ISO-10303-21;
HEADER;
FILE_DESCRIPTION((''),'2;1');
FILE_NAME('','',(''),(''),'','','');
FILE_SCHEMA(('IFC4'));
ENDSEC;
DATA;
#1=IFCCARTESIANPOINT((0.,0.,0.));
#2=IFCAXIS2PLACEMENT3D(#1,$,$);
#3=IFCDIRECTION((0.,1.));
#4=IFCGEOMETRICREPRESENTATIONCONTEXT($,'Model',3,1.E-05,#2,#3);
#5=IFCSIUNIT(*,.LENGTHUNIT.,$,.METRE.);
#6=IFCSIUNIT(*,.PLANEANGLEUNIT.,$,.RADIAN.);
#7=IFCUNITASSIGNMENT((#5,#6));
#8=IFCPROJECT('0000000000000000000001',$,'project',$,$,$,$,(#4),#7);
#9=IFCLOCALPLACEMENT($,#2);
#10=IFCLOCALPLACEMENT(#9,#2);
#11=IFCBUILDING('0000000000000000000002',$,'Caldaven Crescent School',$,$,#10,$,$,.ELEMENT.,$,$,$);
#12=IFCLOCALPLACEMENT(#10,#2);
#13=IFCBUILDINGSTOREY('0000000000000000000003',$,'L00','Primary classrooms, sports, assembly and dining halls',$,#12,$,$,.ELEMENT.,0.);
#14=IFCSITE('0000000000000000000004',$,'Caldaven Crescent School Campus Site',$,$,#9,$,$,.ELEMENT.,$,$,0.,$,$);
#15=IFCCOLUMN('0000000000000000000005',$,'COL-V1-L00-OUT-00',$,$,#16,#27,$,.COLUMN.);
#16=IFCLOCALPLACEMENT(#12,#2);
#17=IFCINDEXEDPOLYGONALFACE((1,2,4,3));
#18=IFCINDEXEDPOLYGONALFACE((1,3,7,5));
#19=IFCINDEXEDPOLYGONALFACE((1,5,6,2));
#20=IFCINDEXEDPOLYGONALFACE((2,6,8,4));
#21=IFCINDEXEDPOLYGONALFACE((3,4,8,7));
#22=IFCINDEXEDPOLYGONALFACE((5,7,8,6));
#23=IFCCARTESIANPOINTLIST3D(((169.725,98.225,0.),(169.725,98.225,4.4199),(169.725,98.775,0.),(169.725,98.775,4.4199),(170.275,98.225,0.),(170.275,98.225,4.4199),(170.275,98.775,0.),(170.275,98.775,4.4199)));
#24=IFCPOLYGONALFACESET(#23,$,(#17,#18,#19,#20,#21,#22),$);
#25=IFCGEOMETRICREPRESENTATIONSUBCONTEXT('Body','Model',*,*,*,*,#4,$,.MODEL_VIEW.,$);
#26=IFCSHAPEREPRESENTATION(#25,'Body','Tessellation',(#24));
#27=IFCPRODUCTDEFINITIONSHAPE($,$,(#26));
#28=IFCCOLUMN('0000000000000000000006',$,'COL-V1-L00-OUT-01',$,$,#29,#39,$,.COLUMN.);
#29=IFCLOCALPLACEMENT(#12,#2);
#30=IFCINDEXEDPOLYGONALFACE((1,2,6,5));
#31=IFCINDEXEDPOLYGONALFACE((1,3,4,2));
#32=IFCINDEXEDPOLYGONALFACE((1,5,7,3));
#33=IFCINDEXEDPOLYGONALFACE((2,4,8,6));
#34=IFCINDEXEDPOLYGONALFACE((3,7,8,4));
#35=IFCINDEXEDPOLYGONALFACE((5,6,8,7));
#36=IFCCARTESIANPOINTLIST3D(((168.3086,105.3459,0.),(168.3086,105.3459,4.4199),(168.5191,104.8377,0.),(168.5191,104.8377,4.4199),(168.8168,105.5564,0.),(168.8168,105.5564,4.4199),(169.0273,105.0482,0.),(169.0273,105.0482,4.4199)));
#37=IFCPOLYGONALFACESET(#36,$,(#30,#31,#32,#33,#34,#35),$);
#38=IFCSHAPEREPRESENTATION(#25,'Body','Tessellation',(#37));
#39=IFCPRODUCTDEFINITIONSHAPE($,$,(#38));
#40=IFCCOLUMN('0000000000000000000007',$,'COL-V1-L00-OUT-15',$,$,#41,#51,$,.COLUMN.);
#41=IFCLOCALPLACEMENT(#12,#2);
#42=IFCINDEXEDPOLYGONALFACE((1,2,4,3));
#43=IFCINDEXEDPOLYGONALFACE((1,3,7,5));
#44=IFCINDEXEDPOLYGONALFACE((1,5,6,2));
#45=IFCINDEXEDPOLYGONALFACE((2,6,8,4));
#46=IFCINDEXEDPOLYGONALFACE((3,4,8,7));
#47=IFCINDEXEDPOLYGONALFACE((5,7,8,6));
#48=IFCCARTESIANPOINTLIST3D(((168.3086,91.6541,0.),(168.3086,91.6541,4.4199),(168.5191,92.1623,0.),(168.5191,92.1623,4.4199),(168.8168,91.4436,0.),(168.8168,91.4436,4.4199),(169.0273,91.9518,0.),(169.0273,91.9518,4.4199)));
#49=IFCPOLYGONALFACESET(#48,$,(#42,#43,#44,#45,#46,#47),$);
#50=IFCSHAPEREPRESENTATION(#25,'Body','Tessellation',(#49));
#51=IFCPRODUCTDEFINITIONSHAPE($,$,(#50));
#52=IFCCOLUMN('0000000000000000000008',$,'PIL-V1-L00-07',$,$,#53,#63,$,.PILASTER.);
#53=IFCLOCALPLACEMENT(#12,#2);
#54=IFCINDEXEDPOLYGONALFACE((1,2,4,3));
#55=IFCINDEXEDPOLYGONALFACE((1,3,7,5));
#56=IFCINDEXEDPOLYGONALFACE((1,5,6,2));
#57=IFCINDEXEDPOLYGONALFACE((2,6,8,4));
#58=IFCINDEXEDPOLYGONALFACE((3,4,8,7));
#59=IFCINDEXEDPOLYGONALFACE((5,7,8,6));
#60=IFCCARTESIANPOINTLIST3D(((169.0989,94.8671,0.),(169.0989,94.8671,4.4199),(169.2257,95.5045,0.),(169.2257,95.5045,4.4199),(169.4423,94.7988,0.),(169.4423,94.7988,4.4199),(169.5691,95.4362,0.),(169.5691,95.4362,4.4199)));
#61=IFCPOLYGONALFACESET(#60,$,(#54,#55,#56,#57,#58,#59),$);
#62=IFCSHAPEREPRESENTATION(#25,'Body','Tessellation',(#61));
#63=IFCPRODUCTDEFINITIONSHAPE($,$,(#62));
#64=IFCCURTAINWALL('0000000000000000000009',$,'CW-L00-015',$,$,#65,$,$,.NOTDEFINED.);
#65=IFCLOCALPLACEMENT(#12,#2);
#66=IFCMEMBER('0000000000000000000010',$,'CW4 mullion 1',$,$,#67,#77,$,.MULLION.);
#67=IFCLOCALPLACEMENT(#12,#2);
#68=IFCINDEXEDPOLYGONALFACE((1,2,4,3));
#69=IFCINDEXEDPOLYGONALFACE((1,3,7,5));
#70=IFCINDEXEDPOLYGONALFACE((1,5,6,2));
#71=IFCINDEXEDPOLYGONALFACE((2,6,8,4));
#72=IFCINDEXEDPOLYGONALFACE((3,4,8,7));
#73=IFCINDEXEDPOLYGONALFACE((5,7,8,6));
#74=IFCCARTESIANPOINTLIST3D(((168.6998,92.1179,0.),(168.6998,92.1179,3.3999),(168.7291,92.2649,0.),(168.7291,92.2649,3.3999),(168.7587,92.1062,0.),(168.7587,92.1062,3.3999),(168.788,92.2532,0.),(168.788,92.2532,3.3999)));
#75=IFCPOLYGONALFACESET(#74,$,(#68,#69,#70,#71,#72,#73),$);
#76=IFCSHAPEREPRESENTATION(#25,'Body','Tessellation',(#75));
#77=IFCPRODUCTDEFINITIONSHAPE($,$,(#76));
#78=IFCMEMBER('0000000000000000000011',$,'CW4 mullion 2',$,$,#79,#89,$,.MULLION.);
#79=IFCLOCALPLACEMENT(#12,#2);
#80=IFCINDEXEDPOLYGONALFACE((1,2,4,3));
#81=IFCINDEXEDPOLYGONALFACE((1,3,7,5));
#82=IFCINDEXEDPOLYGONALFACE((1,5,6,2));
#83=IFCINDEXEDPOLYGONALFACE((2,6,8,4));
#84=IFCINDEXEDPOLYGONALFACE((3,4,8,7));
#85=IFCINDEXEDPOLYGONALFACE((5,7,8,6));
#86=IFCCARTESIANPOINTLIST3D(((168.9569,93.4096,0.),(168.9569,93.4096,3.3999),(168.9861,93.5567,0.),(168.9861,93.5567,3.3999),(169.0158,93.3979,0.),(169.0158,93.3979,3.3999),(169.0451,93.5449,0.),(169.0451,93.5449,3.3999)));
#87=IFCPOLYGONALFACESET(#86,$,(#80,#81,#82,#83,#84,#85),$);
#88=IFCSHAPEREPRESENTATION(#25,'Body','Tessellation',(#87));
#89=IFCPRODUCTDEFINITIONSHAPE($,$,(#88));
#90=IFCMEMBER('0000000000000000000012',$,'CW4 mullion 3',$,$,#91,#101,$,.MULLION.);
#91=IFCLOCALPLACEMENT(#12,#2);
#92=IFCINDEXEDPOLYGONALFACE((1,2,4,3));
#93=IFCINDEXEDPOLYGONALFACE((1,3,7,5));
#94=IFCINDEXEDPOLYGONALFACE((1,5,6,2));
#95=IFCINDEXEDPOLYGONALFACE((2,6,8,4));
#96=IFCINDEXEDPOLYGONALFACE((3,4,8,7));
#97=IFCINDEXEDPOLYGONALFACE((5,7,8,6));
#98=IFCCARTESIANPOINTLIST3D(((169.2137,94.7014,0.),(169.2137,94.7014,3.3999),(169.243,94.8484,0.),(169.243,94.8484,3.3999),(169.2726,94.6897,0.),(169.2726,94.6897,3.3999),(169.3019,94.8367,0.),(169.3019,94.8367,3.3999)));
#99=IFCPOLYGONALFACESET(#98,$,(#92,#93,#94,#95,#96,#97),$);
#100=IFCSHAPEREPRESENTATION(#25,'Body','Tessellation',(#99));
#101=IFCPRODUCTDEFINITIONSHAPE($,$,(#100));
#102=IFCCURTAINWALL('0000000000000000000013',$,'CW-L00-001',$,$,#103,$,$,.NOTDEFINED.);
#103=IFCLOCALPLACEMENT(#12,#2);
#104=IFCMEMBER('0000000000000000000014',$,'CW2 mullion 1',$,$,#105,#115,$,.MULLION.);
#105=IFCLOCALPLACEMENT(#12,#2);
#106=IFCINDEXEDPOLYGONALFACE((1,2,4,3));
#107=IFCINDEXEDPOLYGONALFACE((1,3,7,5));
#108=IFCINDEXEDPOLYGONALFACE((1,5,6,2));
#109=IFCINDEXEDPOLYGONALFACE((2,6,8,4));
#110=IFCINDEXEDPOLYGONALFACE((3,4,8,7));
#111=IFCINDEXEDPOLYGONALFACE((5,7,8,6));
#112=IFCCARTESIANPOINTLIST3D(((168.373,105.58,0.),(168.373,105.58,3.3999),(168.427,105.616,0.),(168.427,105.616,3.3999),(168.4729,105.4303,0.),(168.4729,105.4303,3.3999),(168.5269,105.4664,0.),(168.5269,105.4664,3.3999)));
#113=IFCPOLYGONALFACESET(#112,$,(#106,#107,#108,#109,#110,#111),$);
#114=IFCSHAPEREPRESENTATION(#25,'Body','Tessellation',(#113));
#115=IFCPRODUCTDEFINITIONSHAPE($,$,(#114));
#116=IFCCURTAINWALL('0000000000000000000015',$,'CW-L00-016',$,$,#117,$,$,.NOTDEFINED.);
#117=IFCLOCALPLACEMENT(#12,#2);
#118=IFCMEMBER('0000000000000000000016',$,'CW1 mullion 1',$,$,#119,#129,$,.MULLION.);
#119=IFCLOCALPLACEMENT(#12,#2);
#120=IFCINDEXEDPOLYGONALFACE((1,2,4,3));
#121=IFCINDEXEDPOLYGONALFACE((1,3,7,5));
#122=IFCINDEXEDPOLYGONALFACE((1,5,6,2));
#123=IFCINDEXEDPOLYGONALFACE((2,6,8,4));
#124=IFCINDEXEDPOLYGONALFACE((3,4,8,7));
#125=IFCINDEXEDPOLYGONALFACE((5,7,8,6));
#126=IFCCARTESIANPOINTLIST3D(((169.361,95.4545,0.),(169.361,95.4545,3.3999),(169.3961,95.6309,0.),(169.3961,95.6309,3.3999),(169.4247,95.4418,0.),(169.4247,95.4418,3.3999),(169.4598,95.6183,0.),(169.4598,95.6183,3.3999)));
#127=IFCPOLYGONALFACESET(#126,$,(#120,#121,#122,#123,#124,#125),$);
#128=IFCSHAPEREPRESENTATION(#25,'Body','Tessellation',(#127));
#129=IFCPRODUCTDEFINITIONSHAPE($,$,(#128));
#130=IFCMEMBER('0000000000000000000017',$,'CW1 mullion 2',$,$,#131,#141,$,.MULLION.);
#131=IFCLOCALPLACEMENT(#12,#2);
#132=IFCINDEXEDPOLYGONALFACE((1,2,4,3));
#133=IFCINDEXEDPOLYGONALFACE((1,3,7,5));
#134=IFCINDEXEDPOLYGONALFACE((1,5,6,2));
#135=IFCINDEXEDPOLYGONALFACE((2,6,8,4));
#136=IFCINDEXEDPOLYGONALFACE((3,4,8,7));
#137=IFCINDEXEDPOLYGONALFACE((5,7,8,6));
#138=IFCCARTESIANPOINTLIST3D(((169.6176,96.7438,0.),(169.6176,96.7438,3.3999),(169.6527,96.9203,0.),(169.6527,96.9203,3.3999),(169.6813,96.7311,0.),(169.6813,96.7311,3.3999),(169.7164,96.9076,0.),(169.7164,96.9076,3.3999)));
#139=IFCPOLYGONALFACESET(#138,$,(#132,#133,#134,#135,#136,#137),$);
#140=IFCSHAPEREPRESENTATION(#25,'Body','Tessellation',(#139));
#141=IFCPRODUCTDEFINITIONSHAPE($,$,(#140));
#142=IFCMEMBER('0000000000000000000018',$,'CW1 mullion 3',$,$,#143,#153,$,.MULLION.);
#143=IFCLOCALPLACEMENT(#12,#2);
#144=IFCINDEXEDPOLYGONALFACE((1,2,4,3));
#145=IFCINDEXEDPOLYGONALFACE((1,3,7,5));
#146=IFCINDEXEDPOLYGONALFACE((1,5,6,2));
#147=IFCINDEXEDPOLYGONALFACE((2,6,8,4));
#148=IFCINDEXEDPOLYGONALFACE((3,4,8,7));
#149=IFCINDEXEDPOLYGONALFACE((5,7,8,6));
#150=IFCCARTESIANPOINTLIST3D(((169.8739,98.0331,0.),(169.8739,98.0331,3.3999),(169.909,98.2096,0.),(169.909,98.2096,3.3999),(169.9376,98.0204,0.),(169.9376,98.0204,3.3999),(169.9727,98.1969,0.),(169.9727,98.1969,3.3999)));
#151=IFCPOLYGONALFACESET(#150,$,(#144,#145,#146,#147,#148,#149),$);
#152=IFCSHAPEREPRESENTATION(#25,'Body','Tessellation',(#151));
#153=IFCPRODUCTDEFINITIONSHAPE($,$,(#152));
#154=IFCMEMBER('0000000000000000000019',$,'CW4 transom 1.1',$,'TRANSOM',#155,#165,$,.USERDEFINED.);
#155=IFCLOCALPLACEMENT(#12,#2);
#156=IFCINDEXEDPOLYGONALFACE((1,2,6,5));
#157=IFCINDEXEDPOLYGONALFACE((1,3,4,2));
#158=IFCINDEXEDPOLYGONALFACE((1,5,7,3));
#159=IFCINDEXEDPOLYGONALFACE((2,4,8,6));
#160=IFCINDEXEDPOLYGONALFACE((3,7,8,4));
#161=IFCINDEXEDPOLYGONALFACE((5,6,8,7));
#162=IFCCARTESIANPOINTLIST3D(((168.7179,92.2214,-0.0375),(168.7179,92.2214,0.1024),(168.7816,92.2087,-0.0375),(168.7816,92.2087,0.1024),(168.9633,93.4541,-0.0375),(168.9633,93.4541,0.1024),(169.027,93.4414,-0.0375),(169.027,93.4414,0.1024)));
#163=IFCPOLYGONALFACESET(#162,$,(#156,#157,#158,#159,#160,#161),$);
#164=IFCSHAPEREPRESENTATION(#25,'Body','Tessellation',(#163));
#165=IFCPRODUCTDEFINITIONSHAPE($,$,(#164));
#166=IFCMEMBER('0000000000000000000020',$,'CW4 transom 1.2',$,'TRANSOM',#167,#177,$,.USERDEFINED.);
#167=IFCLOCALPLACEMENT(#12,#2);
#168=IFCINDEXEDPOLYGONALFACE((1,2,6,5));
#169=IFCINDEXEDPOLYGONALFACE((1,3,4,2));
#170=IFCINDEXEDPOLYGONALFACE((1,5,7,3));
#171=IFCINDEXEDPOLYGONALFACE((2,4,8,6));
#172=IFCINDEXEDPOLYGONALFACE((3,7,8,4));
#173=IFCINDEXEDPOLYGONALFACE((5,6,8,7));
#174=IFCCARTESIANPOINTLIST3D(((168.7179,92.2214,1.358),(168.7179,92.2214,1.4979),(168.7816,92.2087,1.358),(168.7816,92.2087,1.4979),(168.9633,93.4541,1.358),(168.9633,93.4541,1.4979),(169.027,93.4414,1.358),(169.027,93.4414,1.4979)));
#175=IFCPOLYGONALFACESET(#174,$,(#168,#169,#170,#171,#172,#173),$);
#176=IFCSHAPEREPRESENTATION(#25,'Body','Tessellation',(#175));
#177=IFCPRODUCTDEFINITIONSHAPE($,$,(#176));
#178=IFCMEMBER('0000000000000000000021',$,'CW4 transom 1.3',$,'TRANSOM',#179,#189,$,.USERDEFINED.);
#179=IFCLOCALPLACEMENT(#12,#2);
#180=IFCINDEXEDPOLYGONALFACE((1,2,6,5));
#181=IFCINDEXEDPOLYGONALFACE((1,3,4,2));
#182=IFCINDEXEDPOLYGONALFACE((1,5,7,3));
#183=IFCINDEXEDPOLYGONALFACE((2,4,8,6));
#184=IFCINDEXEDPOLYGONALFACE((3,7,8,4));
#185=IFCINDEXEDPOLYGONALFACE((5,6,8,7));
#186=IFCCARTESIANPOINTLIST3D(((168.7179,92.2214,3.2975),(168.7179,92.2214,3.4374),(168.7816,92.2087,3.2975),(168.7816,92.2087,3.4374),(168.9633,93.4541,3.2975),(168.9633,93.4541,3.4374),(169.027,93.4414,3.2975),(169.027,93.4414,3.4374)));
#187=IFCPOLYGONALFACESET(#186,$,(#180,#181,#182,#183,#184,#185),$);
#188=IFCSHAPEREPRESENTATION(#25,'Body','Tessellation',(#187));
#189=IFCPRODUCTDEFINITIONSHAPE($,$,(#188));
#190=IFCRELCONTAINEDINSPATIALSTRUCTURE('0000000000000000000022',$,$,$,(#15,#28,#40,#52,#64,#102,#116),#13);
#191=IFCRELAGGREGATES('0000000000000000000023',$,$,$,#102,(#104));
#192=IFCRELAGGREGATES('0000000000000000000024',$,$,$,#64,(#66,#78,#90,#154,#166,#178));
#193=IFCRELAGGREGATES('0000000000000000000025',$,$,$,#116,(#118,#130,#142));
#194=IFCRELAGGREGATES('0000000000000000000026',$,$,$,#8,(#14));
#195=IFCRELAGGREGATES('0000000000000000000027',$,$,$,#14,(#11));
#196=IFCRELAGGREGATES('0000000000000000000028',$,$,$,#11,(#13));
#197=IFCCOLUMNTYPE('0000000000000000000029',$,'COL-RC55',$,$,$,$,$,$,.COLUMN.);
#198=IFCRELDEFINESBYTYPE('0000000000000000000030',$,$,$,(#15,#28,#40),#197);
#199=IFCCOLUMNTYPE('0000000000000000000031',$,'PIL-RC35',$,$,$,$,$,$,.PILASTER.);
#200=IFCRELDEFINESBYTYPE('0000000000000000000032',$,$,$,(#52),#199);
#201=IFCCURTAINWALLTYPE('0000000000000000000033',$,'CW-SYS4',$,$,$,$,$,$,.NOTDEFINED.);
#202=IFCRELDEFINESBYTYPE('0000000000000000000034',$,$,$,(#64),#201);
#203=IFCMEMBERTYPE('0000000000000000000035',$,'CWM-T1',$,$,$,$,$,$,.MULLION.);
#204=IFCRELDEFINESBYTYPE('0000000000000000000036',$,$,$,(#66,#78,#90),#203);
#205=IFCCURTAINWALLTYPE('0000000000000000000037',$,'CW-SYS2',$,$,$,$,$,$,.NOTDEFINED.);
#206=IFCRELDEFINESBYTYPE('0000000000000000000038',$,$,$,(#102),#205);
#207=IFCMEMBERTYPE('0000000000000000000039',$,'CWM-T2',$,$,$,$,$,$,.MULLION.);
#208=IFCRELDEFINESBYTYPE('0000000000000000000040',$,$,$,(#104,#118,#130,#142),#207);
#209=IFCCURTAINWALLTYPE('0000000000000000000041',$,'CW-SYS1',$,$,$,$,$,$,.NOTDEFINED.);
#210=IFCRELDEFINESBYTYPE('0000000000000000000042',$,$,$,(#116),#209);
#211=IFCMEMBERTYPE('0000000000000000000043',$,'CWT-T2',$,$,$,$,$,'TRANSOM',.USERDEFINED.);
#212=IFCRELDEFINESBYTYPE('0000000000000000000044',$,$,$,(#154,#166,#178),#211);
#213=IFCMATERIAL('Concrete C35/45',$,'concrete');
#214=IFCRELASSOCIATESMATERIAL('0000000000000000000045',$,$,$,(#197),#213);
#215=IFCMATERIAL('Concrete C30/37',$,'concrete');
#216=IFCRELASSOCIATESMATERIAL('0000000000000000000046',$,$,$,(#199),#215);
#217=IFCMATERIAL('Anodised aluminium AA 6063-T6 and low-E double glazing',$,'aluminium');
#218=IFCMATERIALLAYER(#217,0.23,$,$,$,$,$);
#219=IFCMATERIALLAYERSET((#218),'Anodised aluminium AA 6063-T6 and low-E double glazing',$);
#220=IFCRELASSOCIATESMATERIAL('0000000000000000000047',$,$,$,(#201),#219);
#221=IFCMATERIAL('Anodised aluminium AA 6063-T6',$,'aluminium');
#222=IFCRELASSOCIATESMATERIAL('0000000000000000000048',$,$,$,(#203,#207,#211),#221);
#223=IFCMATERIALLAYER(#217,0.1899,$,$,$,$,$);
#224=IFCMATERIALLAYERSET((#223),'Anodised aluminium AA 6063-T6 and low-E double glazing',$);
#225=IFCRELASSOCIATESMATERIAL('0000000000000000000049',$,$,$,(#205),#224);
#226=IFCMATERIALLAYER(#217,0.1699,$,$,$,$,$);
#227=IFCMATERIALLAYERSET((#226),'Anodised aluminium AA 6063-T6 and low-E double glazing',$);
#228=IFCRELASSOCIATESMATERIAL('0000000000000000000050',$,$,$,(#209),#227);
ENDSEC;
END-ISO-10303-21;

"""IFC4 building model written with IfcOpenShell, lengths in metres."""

from ifc_helpers import new_model, si_unit, direction, frame, origin, origin_2d, place, context, subcontext, project, spatial, rectangle, extrude, material, layer, layer_set, material_profile, profile_set, type_object, element, aggregate, save


model = new_model("IFC4")

# Units and contexts
model_context = context("Model", 3, precision=1e-05, world=origin(), true_north=direction((0.0, 1.0)))
body_context = subcontext(model_context, "Body", "Model", "MODEL_VIEW")
ifc_project = project(units=[si_unit("LENGTHUNIT", "METRE"), si_unit("PLANEANGLEUNIT", "RADIAN")], contexts=[model_context])

# Site, building, storey
site_placement = place(None, origin())
site = spatial("IfcSite", under=ifc_project, at=site_placement, Name="Caldaven Crescent School Campus Site", CompositionType="ELEMENT", RefElevation=0.0)
building_placement = place(site_placement, origin())
building = spatial("IfcBuilding", under=site, at=building_placement, Name="Caldaven Crescent School", CompositionType="ELEMENT")
storey_placement = place(building_placement, origin())
storey = spatial("IfcBuildingStorey", under=building, at=storey_placement, Name="L00", Description="Primary classrooms, sports, assembly and dining halls", CompositionType="ELEMENT", Elevation=0.0)

# Columns
ifc_material_1 = material(Name="Concrete C35/45", Category="concrete")
ifc_material_profile_1 = material_profile(ifc_material_1, rectangle(XDim=0.55, YDim=0.55, at=origin_2d()), Name="RC 550x550")
ifc_profile_set_1 = profile_set([ifc_material_profile_1], Name="Concrete C35/45")
column_type_1 = type_object("IfcColumnType", Name="COL-RC55", PredefinedType="COLUMN", material=ifc_profile_set_1)
for number, where, z_axis, x_axis, name in (
    (1, (170.0, 98.5, 0.0), (0.0, 0.0, 1.0), (1.0, 0.0, 0.0), "COL-V1-L00-OUT-00"),
    (2, (168.668, 105.197, 0.0), (0.0, 0.0, 1.0), (0.92388, 0.382683, 0.0), "COL-V1-L00-OUT-01"),
    (3, (168.668, 91.803, 0.0), (0.0, 0.0, 1.0), (0.92388, -0.382683, 0.0), "COL-V1-L00-OUT-15"),
):
    element("IfcColumn", number, at=place(storey_placement, frame(where, z_axis=z_axis, x_axis=x_axis)), inside=storey, type_object=column_type_1, Name=name, PredefinedType="COLUMN", context=body_context, shape_type="SweptSolid", body=[
        extrude(rectangle(XDim=0.55, YDim=0.55, at=origin_2d()), origin(), (0.0, 0.0, 1.0), 4.4199),
    ])
ifc_material_2 = material(Name="Concrete C30/37", Category="concrete")
ifc_material_profile_2 = material_profile(ifc_material_2, rectangle(XDim=0.3501, YDim=0.6499, at=origin_2d()), Name="RC 350x650")
ifc_profile_set_2 = profile_set([ifc_material_profile_2], Name="Concrete C30/37")
column_type_2 = type_object("IfcColumnType", Name="PIL-RC35", PredefinedType="PILASTER", material=ifc_profile_set_2)
column_placement = place(storey_placement, frame((169.334, 95.1516, 0.0), z_axis=(0.0, 0.0, 1.0), x_axis=(0.980785, -0.19509, 0.0)))
element("IfcColumn", 4, at=column_placement, inside=storey, type_object=column_type_2, Name="PIL-V1-L00-07", PredefinedType="PILASTER", context=body_context, shape_type="SweptSolid", body=[
    extrude(rectangle(XDim=0.3501, YDim=0.6499, at=origin_2d()), origin(), (0.0, 0.0, 1.0), 4.4199),
])

# Curtain wall, members
ifc_material_3 = material(Name="Anodised aluminium AA 6063-T6 and low-E double glazing", Category="aluminium")
ifc_layer_1 = layer(ifc_material_3, 0.23)
ifc_layer_set_1 = layer_set([ifc_layer_1], Name="Anodised aluminium AA 6063-T6 and low-E double glazing")
curtain_wall_type_1 = type_object("IfcCurtainWallType", Name="CW-SYS4", PredefinedType="NOTDEFINED", material=ifc_layer_set_1)
curtain_wall_1_placement = place(storey_placement, origin())
curtain_wall_1 = element("IfcCurtainWall", 5, at=curtain_wall_1_placement, inside=storey, type_object=curtain_wall_type_1, Name="CW-L00-015", PredefinedType="NOTDEFINED")
ifc_material_4 = material(Name="Anodised aluminium AA 6063-T6", Category="aluminium")
ifc_material_profile_3 = material_profile(ifc_material_4, rectangle(XDim=0.0601, YDim=0.1499, at=origin_2d()), Name="CWM 60x150")
ifc_profile_set_3 = profile_set([ifc_material_profile_3], Name="Anodised aluminium AA 6063-T6")
member_type_1 = type_object("IfcMemberType", Name="CWM-T1", PredefinedType="MULLION", material=ifc_profile_set_3)
member_1_placement = place(storey_placement, frame((168.7439, 92.1855, 0.0), z_axis=(0.0, 0.0, 1.0), x_axis=(-0.980785, 0.19509, 0.0)))
member_1 = element("IfcMember", 6, at=member_1_placement, type_object=member_type_1, Name="CW4 mullion 1", PredefinedType="MULLION", context=body_context, shape_type="SweptSolid", body=[
    extrude(rectangle(XDim=0.0601, YDim=0.1499, at=origin_2d()), origin(), (0.0, 0.0, 1.0), 3.3999),
])
member_2_placement = place(storey_placement, frame((169.001, 93.4773, 0.0), z_axis=(0.0, 0.0, 1.0), x_axis=(-0.980785, 0.19509, 0.0)))
member_2 = element("IfcMember", 7, at=member_2_placement, type_object=member_type_1, Name="CW4 mullion 2", PredefinedType="MULLION", context=body_context, shape_type="SweptSolid", body=[
    extrude(rectangle(XDim=0.0601, YDim=0.1499, at=origin_2d()), origin(), (0.0, 0.0, 1.0), 3.3999),
])
member_3_placement = place(storey_placement, frame((169.2578, 94.769, 0.0), z_axis=(0.0, 0.0, 1.0), x_axis=(-0.980785, 0.19509, 0.0)))
member_3 = element("IfcMember", 8, at=member_3_placement, type_object=member_type_1, Name="CW4 mullion 3", PredefinedType="MULLION", context=body_context, shape_type="SweptSolid", body=[
    extrude(rectangle(XDim=0.0601, YDim=0.1499, at=origin_2d()), origin(), (0.0, 0.0, 1.0), 3.3999),
])

# Curtain wall, member
ifc_layer_2 = layer(ifc_material_3, 0.1899)
ifc_layer_set_2 = layer_set([ifc_layer_2], Name="Anodised aluminium AA 6063-T6 and low-E double glazing")
curtain_wall_type_2 = type_object("IfcCurtainWallType", Name="CW-SYS2", PredefinedType="NOTDEFINED", material=ifc_layer_set_2)
curtain_wall_2_placement = place(storey_placement, origin())
curtain_wall_2 = element("IfcCurtainWall", 9, at=curtain_wall_2_placement, inside=storey, type_object=curtain_wall_type_2, Name="CW-L00-001", PredefinedType="NOTDEFINED")
ifc_material_profile_4 = material_profile(ifc_material_4, rectangle(XDim=0.0649, YDim=0.1799, at=origin_2d()), Name="CWM 65x180")
ifc_profile_set_4 = profile_set([ifc_material_profile_4], Name="Anodised aluminium AA 6063-T6")
member_type_2 = type_object("IfcMemberType", Name="CWM-T2", PredefinedType="MULLION", material=ifc_profile_set_4)
member_4_placement = place(storey_placement, frame((168.45, 105.5232, 0.0), z_axis=(0.0, 0.0, 1.0), x_axis=(-0.83147, -0.555569, 0.0)))
member_4 = element("IfcMember", 10, at=member_4_placement, type_object=member_type_2, Name="CW2 mullion 1", PredefinedType="MULLION", context=body_context, shape_type="SweptSolid", body=[
    extrude(rectangle(XDim=0.0649, YDim=0.1799, at=origin_2d()), origin(), (0.0, 0.0, 1.0), 3.3999),
])
aggregate(curtain_wall_2, [member_4])

# Curtain wall, members
ifc_layer_3 = layer(ifc_material_3, 0.1699)
ifc_layer_set_3 = layer_set([ifc_layer_3], Name="Anodised aluminium AA 6063-T6 and low-E double glazing")
curtain_wall_type_3 = type_object("IfcCurtainWallType", Name="CW-SYS1", PredefinedType="NOTDEFINED", material=ifc_layer_set_3)
curtain_wall_3_placement = place(storey_placement, origin())
curtain_wall_3 = element("IfcCurtainWall", 11, at=curtain_wall_3_placement, inside=storey, type_object=curtain_wall_type_3, Name="CW-L00-016", PredefinedType="NOTDEFINED")
member_5_placement = place(storey_placement, frame((169.4104, 95.5364, 0.0), z_axis=(0.0, 0.0, 1.0), x_axis=(-0.980785, 0.19509, 0.0)))
member_5 = element("IfcMember", 12, at=member_5_placement, type_object=member_type_2, Name="CW1 mullion 1", PredefinedType="MULLION", context=body_context, shape_type="SweptSolid", body=[
    extrude(rectangle(XDim=0.0649, YDim=0.1799, at=origin_2d()), origin(), (0.0, 0.0, 1.0), 3.3999),
])
member_6_placement = place(storey_placement, frame((169.667, 96.8257, 0.0), z_axis=(0.0, 0.0, 1.0), x_axis=(-0.980785, 0.19509, 0.0)))
member_6 = element("IfcMember", 13, at=member_6_placement, type_object=member_type_2, Name="CW1 mullion 2", PredefinedType="MULLION", context=body_context, shape_type="SweptSolid", body=[
    extrude(rectangle(XDim=0.0649, YDim=0.1799, at=origin_2d()), origin(), (0.0, 0.0, 1.0), 3.3999),
])
member_7_placement = place(storey_placement, frame((169.9233, 98.115, 0.0), z_axis=(0.0, 0.0, 1.0), x_axis=(-0.980785, 0.19509, 0.0)))
member_7 = element("IfcMember", 14, at=member_7_placement, type_object=member_type_2, Name="CW1 mullion 3", PredefinedType="MULLION", context=body_context, shape_type="SweptSolid", body=[
    extrude(rectangle(XDim=0.0649, YDim=0.1799, at=origin_2d()), origin(), (0.0, 0.0, 1.0), 3.3999),
])

# Members
ifc_material_profile_5 = material_profile(ifc_material_4, rectangle(XDim=0.0649, YDim=0.1399, at=origin_2d()), Name="CWT 65x140")
ifc_profile_set_5 = profile_set([ifc_material_profile_5], Name="Anodised aluminium AA 6063-T6")
member_type_3 = type_object("IfcMemberType", Name="CWT-T2", ElementType="TRANSOM", PredefinedType="USERDEFINED", material=ifc_profile_set_5)
member_8_placement = place(storey_placement, frame((168.7498, 92.2151, 0.0325), z_axis=(0.19522, 0.98076, 0.0), x_axis=(-0.98076, 0.19522, 0.0)))
member_8 = element("IfcMember", 15, at=member_8_placement, type_object=member_type_3, Name="CW4 transom 1.1", ObjectType="TRANSOM", PredefinedType="USERDEFINED", context=body_context, shape_type="SweptSolid", body=[
    extrude(rectangle(XDim=0.0649, YDim=0.1399, at=origin_2d()), origin(), (0.0, 0.0, 1.0), 1.2568),
])
member_9_placement = place(storey_placement, frame((168.7498, 92.2151, 1.428), z_axis=(0.19522, 0.98076, 0.0), x_axis=(-0.98076, 0.19522, 0.0)))
member_9 = element("IfcMember", 16, at=member_9_placement, type_object=member_type_3, Name="CW4 transom 1.2", ObjectType="TRANSOM", PredefinedType="USERDEFINED", context=body_context, shape_type="SweptSolid", body=[
    extrude(rectangle(XDim=0.0649, YDim=0.1399, at=origin_2d()), origin(), (0.0, 0.0, 1.0), 1.2568),
])
member_10_placement = place(storey_placement, frame((168.7498, 92.2151, 3.3674), z_axis=(0.19522, 0.98076, 0.0), x_axis=(-0.98076, 0.19522, 0.0)))
member_10 = element("IfcMember", 17, at=member_10_placement, type_object=member_type_3, Name="CW4 transom 1.3", ObjectType="TRANSOM", PredefinedType="USERDEFINED", context=body_context, shape_type="SweptSolid", body=[
    extrude(rectangle(XDim=0.0649, YDim=0.1399, at=origin_2d()), origin(), (0.0, 0.0, 1.0), 1.2568),
])

aggregate(curtain_wall_1, [member_1, member_2, member_3, member_8, member_9, member_10])
aggregate(curtain_wall_3, [member_5, member_6, member_7])

save(model, "model.ifc")
